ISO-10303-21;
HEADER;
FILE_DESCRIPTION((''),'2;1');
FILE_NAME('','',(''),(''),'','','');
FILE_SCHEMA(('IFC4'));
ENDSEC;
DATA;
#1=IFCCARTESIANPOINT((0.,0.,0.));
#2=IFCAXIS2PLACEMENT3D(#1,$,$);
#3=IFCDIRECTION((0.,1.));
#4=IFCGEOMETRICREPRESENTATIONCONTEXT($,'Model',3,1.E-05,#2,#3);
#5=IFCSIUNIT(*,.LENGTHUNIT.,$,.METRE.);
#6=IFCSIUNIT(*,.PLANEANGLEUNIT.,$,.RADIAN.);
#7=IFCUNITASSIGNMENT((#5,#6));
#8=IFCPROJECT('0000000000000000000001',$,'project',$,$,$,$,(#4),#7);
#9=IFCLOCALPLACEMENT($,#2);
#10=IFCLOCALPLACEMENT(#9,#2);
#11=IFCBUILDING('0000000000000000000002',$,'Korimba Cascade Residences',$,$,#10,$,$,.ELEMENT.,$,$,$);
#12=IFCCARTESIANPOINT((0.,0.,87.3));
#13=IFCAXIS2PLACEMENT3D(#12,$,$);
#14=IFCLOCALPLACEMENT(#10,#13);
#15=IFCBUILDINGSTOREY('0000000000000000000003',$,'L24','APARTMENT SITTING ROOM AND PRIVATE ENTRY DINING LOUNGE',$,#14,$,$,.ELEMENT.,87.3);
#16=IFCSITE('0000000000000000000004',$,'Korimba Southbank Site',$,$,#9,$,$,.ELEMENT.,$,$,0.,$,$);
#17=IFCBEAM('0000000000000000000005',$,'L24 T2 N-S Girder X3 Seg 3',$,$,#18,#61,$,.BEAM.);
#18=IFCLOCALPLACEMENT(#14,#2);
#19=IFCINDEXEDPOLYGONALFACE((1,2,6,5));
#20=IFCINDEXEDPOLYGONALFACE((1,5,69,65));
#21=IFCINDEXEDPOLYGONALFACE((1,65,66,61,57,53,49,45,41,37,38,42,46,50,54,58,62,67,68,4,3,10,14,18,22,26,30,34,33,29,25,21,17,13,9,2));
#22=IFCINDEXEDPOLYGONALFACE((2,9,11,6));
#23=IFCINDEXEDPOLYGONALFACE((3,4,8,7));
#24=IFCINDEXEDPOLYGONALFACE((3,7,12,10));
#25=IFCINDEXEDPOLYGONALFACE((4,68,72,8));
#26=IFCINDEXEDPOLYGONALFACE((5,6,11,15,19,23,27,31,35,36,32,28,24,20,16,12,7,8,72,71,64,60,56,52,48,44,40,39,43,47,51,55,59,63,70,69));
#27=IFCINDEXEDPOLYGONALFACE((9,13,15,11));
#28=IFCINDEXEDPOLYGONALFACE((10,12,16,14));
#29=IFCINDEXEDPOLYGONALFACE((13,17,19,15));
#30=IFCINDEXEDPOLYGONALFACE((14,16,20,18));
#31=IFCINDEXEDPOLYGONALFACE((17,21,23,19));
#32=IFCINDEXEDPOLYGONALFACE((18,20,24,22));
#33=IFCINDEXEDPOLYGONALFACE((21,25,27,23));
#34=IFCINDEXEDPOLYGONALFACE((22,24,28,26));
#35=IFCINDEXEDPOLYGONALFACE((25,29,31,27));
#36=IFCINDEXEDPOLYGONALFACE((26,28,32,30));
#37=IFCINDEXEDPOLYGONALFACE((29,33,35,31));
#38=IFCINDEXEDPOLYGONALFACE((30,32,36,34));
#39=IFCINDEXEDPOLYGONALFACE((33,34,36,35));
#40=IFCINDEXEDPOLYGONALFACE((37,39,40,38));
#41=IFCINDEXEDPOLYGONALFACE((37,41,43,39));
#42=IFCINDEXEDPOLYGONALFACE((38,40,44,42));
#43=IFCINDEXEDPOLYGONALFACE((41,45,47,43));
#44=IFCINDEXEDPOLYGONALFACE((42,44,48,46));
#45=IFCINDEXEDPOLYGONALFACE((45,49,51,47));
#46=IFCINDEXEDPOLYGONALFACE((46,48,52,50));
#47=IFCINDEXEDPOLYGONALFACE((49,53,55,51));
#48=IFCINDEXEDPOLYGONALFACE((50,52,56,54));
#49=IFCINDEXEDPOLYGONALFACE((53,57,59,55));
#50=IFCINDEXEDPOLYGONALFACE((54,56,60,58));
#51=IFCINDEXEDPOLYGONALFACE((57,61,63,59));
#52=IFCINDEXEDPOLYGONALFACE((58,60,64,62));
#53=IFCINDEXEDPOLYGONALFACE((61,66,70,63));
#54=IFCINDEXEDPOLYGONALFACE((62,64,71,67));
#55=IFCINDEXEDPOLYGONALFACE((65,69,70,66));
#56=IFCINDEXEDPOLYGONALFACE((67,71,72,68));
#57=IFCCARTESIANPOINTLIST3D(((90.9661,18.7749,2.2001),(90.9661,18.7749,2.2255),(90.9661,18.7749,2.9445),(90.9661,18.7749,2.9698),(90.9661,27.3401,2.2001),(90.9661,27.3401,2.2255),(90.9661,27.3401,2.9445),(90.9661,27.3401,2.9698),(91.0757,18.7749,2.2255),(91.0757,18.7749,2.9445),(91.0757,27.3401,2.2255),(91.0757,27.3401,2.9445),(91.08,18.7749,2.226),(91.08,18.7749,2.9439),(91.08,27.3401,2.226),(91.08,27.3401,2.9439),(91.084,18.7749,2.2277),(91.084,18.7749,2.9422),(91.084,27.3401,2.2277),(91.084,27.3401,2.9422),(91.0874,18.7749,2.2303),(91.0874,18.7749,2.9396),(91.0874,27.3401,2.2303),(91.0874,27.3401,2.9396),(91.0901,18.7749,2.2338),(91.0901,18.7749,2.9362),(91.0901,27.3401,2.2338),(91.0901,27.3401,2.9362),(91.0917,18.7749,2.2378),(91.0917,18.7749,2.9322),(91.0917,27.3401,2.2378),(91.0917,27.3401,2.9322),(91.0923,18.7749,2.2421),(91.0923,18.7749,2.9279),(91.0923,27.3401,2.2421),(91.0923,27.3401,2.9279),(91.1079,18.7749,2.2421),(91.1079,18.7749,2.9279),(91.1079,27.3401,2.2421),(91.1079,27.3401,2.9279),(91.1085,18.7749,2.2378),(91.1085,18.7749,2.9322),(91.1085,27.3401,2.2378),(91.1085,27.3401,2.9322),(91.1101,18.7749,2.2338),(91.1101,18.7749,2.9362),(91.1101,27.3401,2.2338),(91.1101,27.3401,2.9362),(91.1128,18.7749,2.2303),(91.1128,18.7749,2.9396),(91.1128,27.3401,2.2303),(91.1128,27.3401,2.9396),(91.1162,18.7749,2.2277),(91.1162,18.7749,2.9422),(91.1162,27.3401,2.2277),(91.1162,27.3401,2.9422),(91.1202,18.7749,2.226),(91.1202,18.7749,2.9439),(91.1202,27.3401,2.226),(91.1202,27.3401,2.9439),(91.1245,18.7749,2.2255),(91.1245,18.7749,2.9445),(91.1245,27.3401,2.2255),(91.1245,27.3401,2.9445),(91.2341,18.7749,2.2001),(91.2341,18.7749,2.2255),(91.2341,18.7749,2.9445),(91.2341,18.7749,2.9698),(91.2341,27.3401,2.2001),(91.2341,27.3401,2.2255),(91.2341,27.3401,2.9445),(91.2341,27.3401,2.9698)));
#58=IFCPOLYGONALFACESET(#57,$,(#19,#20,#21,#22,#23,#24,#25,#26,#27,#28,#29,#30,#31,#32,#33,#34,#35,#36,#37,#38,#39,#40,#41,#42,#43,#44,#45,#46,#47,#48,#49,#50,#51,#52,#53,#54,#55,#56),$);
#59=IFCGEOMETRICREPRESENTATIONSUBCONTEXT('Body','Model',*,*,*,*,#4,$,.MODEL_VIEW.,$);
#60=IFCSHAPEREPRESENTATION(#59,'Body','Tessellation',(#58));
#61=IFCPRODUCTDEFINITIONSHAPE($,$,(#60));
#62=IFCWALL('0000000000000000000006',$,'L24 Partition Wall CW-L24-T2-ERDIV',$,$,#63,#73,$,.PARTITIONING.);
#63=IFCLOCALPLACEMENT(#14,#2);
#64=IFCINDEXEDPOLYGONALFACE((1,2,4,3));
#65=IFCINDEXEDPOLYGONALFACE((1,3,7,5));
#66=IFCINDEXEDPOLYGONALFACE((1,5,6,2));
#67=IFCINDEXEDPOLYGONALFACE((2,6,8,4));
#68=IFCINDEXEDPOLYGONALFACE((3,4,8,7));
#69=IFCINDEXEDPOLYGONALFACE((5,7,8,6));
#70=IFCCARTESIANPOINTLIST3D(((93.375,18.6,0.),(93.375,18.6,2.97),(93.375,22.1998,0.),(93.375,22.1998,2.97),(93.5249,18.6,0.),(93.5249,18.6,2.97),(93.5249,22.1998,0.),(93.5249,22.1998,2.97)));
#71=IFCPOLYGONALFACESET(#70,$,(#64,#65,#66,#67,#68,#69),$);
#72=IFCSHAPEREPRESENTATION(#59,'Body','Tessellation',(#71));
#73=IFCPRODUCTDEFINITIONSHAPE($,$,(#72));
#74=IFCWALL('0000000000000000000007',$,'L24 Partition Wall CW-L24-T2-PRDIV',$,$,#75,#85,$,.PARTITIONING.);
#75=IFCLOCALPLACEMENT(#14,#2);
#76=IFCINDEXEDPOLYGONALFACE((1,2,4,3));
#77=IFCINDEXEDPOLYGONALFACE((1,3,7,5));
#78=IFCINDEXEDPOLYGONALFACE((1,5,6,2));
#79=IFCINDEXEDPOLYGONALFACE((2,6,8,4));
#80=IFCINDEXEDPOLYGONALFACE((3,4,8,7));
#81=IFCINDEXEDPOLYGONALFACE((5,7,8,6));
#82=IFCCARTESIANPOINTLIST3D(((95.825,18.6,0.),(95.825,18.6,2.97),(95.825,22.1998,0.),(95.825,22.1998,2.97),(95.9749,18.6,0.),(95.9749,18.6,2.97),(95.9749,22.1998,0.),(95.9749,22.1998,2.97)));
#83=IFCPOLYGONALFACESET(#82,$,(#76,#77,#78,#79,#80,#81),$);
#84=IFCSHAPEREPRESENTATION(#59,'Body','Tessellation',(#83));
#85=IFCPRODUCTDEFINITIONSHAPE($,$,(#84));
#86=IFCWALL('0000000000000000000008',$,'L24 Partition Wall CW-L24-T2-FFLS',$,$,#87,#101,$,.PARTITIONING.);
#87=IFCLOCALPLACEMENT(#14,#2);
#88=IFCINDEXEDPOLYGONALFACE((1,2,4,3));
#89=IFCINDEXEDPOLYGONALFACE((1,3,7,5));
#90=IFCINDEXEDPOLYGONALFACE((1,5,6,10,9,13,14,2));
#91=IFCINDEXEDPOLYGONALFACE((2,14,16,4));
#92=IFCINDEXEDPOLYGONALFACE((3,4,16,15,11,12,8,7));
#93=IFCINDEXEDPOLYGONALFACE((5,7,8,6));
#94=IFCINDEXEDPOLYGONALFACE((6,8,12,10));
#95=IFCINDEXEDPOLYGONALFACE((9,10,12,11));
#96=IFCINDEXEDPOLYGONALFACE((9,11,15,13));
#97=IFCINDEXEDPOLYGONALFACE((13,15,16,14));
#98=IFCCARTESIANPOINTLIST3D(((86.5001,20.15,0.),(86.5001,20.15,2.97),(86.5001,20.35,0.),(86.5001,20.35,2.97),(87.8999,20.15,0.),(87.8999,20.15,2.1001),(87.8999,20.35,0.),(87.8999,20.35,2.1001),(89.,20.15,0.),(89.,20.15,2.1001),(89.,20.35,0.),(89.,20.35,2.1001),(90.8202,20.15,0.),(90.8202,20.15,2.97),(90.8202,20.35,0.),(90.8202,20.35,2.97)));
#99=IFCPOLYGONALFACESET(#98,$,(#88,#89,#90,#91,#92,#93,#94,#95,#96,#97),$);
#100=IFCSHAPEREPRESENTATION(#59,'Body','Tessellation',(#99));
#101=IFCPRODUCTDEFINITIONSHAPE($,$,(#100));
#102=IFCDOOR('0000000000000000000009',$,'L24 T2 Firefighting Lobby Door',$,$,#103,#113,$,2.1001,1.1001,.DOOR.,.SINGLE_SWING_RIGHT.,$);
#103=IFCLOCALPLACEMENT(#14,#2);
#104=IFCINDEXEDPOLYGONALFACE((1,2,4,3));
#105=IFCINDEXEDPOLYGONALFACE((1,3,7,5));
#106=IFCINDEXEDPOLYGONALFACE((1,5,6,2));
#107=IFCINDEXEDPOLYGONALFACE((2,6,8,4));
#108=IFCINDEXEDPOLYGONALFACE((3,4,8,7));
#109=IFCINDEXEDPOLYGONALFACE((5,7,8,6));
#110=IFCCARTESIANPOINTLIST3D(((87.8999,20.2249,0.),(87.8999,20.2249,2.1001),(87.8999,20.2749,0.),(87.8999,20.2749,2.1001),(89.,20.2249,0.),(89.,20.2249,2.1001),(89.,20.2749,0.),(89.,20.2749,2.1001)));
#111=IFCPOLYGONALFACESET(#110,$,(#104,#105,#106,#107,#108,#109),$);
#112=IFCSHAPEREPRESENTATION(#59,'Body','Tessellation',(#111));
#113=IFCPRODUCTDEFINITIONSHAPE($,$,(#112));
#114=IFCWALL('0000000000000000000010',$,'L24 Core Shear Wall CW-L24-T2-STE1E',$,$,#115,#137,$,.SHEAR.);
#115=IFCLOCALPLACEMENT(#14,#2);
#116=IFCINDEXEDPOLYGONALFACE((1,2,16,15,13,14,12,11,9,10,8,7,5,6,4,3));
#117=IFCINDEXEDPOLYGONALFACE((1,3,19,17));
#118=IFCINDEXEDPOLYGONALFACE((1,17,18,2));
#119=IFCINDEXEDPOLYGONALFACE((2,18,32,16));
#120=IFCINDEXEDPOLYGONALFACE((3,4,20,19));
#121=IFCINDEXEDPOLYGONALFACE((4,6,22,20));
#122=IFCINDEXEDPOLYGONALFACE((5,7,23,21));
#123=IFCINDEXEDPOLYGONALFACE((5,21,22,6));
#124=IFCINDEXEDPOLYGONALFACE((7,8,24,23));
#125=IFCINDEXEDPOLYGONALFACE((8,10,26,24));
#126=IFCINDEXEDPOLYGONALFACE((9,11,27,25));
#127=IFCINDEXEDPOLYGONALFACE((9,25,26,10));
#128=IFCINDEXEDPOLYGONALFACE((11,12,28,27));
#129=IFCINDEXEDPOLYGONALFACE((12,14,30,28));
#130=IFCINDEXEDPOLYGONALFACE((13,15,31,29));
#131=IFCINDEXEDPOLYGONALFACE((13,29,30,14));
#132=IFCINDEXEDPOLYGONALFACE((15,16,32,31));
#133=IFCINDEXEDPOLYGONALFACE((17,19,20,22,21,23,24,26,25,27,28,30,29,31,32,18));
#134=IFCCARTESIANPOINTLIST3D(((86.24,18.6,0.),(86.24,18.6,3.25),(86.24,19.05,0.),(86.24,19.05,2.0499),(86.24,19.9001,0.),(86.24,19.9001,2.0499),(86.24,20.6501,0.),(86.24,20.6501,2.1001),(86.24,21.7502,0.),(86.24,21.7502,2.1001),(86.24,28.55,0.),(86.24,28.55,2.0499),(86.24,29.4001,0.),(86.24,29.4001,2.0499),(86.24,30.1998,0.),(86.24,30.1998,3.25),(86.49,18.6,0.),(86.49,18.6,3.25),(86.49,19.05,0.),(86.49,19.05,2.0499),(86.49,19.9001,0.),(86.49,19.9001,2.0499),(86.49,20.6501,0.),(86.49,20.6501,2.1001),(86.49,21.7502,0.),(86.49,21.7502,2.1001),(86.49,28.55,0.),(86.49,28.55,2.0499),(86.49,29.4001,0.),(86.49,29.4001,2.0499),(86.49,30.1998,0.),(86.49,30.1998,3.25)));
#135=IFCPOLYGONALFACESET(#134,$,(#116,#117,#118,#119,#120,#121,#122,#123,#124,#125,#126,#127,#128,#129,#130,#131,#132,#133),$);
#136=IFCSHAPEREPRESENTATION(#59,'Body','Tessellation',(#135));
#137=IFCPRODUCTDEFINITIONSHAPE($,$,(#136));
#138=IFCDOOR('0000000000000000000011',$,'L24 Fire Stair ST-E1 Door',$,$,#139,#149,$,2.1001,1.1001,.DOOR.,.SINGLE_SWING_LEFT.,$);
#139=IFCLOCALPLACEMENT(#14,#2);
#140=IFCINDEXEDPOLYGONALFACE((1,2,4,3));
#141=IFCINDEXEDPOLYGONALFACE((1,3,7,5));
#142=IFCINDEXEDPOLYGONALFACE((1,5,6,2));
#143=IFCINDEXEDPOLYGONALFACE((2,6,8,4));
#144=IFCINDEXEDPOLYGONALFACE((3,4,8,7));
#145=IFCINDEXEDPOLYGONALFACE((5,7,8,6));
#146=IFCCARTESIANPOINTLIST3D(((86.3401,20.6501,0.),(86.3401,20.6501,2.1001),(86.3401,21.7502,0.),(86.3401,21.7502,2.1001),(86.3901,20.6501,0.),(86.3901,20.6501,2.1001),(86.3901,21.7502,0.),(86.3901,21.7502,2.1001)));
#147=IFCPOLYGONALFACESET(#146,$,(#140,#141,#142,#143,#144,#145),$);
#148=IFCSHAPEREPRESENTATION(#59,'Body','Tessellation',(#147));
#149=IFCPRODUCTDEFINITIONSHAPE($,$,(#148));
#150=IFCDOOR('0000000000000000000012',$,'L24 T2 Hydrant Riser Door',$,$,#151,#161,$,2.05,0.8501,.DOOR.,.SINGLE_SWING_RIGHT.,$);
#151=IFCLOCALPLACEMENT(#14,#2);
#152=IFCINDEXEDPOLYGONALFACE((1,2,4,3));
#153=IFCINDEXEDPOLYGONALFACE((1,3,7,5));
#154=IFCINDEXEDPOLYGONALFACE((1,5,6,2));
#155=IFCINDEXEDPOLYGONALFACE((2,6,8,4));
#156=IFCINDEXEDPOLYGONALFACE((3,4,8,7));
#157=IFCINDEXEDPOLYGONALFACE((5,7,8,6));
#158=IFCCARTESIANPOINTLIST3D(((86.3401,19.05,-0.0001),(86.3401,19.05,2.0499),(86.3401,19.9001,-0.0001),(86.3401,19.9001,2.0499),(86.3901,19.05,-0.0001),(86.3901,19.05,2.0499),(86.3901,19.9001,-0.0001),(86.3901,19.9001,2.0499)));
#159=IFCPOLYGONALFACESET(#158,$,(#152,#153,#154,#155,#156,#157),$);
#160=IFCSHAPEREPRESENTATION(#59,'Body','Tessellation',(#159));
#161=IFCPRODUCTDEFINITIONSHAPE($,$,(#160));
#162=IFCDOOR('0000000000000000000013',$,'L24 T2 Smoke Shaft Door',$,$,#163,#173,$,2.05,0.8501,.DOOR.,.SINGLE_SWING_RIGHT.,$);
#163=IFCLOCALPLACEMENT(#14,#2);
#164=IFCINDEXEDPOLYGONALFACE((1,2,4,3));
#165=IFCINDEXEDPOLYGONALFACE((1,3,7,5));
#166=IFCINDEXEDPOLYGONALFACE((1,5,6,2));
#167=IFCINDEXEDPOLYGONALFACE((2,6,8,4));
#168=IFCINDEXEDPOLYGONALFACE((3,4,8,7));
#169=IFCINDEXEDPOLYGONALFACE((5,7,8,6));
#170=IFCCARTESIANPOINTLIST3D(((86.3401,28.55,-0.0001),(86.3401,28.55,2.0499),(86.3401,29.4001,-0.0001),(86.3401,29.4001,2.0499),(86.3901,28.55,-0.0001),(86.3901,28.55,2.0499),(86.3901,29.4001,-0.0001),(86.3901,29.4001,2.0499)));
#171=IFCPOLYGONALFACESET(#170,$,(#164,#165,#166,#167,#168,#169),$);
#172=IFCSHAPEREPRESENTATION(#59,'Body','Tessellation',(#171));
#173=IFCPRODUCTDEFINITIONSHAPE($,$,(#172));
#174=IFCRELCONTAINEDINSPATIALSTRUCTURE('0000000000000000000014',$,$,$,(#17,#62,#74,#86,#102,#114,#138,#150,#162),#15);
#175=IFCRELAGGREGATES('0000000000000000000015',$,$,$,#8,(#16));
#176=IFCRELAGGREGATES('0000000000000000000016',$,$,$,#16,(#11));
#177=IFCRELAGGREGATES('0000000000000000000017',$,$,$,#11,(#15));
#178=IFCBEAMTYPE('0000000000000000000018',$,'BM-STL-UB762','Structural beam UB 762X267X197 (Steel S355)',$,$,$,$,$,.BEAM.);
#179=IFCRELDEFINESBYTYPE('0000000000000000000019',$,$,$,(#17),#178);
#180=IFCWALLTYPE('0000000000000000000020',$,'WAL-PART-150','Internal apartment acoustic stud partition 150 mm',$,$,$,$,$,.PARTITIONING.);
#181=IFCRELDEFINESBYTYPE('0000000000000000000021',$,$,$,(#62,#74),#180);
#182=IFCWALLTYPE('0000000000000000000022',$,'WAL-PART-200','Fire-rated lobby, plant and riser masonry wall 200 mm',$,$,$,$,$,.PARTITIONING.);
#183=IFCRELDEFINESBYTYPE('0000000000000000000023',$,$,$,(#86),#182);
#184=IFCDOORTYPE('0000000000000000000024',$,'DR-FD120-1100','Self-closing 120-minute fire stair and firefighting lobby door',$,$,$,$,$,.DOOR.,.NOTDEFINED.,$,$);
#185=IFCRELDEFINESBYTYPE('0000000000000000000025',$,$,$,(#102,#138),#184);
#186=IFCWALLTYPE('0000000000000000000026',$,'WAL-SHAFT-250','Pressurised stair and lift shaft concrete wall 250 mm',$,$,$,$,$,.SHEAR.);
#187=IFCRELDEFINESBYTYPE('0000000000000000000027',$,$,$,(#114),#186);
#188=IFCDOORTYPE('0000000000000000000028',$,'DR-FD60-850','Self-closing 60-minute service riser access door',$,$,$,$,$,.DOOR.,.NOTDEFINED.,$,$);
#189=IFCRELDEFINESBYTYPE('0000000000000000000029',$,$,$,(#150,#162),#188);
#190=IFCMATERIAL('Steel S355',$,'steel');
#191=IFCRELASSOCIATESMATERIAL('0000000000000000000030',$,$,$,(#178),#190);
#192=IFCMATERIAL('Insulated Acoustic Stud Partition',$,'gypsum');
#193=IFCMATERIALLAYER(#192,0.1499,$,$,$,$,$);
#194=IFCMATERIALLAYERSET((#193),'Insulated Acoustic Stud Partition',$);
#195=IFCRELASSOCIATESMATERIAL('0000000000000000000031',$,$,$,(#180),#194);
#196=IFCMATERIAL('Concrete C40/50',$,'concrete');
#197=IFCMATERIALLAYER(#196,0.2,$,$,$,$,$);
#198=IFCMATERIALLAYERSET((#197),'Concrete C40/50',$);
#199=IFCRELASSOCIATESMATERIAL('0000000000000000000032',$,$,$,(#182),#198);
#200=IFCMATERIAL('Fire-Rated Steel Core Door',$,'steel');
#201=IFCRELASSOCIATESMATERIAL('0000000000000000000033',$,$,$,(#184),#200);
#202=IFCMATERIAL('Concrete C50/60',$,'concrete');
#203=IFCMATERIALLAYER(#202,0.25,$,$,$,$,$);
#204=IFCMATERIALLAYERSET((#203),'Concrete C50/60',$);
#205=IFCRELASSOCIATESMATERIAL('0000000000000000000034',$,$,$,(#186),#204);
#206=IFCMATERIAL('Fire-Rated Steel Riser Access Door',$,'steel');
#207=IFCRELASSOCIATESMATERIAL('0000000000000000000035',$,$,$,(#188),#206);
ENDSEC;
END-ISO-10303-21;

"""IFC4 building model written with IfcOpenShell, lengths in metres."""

from ifc_helpers import new_model, si_unit, direction, frame, frame_2d, origin, origin_2d, place, context, subcontext, project, spatial, rectangle, i_section, extrude, material, layer, layer_set, material_profile, profile_set, type_object, element, fill, save


model = new_model("IFC4")

# Units and contexts
model_context = context("Model", 3, precision=1e-05, world=origin(), true_north=direction((0.0, 1.0)))
body_context = subcontext(model_context, "Body", "Model", "MODEL_VIEW")
ifc_project = project(units=[si_unit("LENGTHUNIT", "METRE"), si_unit("PLANEANGLEUNIT", "RADIAN")], contexts=[model_context])

# Site, building, storey
site_placement = place(None, origin())
site = spatial("IfcSite", under=ifc_project, at=site_placement, Name="Korimba Southbank Site", CompositionType="ELEMENT", RefElevation=0.0)
building_placement = place(site_placement, origin())
building = spatial("IfcBuilding", under=site, at=building_placement, Name="Korimba Cascade Residences", CompositionType="ELEMENT")
storey_placement = place(building_placement, frame((0.0, 0.0, 87.3)))
storey = spatial("IfcBuildingStorey", under=building, at=storey_placement, Name="L24", Description="APARTMENT SITTING ROOM AND PRIVATE ENTRY DINING LOUNGE", CompositionType="ELEMENT", Elevation=87.3)

# Beam
ifc_material_1 = material(Name="Steel S355", Category="steel")
ifc_material_profile = material_profile(ifc_material_1, i_section(OverallWidth=0.2681, OverallDepth=0.7698, WebThickness=0.0156, FlangeThickness=0.0254, FilletRadius=0.0166, at=origin_2d()), Name="Steel S355")
ifc_profile_set = profile_set([ifc_material_profile], Name="Steel S355")
beam_type = type_object("IfcBeamType", Name="BM-STL-UB762", Description="Structural beam UB 762X267X197 (Steel S355)", PredefinedType="BEAM", material=ifc_profile_set)
beam_placement = place(storey_placement, frame((91.1001, 18.7749, 2.585), z_axis=(0.0, 1.0, 0.0), x_axis=(-1.0, 0.0, 0.0)))
element("IfcBeam", 1, at=beam_placement, inside=storey, type_object=beam_type, Name="L24 T2 N-S Girder X3 Seg 3", PredefinedType="BEAM", context=body_context, shape_type="SweptSolid", body=[
    extrude(i_section(OverallWidth=0.2681, OverallDepth=0.7698, WebThickness=0.0156, FlangeThickness=0.0254, FilletRadius=0.0166, at=origin_2d()), origin(), (0.0, 0.0, 1.0), 8.5652),
])

# Walls
ifc_material_2 = material(Name="Insulated Acoustic Stud Partition", Category="gypsum")
ifc_layer_1 = layer(ifc_material_2, 0.1499)
ifc_layer_set_1 = layer_set([ifc_layer_1], Name="Insulated Acoustic Stud Partition")
wall_type_1 = type_object("IfcWallType", Name="WAL-PART-150", Description="Internal apartment acoustic stud partition 150 mm", PredefinedType="PARTITIONING", material=ifc_layer_set_1)
for number, where, z_axis, x_axis, name in (
    (2, (93.45, 18.6001, 0.0), (0.0, 0.0, 1.0), (0.0, 1.0, 0.0), "L24 Partition Wall CW-L24-T2-ERDIV"),
    (3, (95.8999, 18.6001, 0.0), (0.0, 0.0, 1.0), (0.0, 1.0, 0.0), "L24 Partition Wall CW-L24-T2-PRDIV"),
):
    element("IfcWall", number, at=place(storey_placement, frame(where, z_axis=z_axis, x_axis=x_axis)), inside=storey, type_object=wall_type_1, Name=name, PredefinedType="PARTITIONING", context=body_context, shape_type="SweptSolid", body=[
        extrude(rectangle(XDim=3.5999, YDim=0.1499, at=frame_2d((1.7998, 0.0))), origin(), (0.0, 0.0, 1.0), 2.97),
    ])

# Wall, opening, door
ifc_material_3 = material(Name="Concrete C40/50", Category="concrete")
ifc_layer_2 = layer(ifc_material_3, 0.2)
ifc_layer_set_2 = layer_set([ifc_layer_2], Name="Concrete C40/50")
wall_type_2 = type_object("IfcWallType", Name="WAL-PART-200", Description="Fire-rated lobby, plant and riser masonry wall 200 mm", PredefinedType="PARTITIONING", material=ifc_layer_set_2)
wall_1_placement = place(storey_placement, frame((86.5, 20.25, 0.0), z_axis=(0.0, 0.0, 1.0), x_axis=(1.0, 0.0, 0.0)))
wall_1 = element("IfcWall", 4, at=wall_1_placement, inside=storey, type_object=wall_type_2, Name="L24 Partition Wall CW-L24-T2-FFLS", PredefinedType="PARTITIONING", context=body_context, shape_type="SweptSolid", body=[
    extrude(rectangle(XDim=4.3201, YDim=0.2, at=frame_2d((2.1602, 0.0))), origin(), (0.0, 0.0, 1.0), 2.97),
])
opening_1_placement = place(wall_1_placement, frame((1.3999, 0.0, 0.0)))
opening_1 = element("IfcOpeningElement", 5, at=opening_1_placement, cuts=wall_1, PredefinedType="OPENING", context=body_context, shape_type="SweptSolid", body=[
    extrude(rectangle(XDim=1.1001, YDim=2.1001, at=frame_2d((0.55, 1.05))), frame((0.0, 0.1099, 0.0), z_axis=(0.0, -1.0, 0.0), x_axis=(1.0, 0.0, 0.0)), (0.0, 0.0, 1.0), 0.22),
])
ifc_material_4 = material(Name="Fire-Rated Steel Core Door", Category="steel")
door_type_1 = type_object("IfcDoorType", Name="DR-FD120-1100", Description="Self-closing 120-minute fire stair and firefighting lobby door", OperationType="NOTDEFINED", PredefinedType="DOOR", material=ifc_material_4)
door_1_placement = place(opening_1_placement, origin())
door_1 = element("IfcDoor", 6, at=door_1_placement, inside=storey, type_object=door_type_1, Name="L24 T2 Firefighting Lobby Door", OperationType="SINGLE_SWING_RIGHT", OverallHeight=2.1001, OverallWidth=1.1001, PredefinedType="DOOR", context=body_context, shape_type="SweptSolid", body=[
    extrude(rectangle(XDim=1.1001, YDim=2.1001, at=frame_2d((0.55, 1.05))), frame((0.0, 0.0249, 0.0), z_axis=(0.0, -1.0, 0.0), x_axis=(1.0, 0.0, 0.0)), (0.0, 0.0, 1.0), 0.05),
])
fill(opening_1, door_1)

# Wall, openings, doors
ifc_material_5 = material(Name="Concrete C50/60", Category="concrete")
ifc_layer_3 = layer(ifc_material_5, 0.25)
ifc_layer_set_3 = layer_set([ifc_layer_3], Name="Concrete C50/60")
wall_type_3 = type_object("IfcWallType", Name="WAL-SHAFT-250", Description="Pressurised stair and lift shaft concrete wall 250 mm", PredefinedType="SHEAR", material=ifc_layer_set_3)
wall_2_placement = place(storey_placement, frame((86.365, 18.6001, 0.0), z_axis=(0.0, 0.0, 1.0), x_axis=(0.0, 1.0, 0.0)))
wall_2 = element("IfcWall", 7, at=wall_2_placement, inside=storey, type_object=wall_type_3, Name="L24 Core Shear Wall CW-L24-T2-STE1E", PredefinedType="SHEAR", context=body_context, shape_type="SweptSolid", body=[
    extrude(rectangle(XDim=11.5999, YDim=0.25, at=frame_2d((5.7998, 0.0))), origin(), (0.0, 0.0, 1.0), 3.25),
])
opening_2_placement = place(wall_2_placement, frame((0.45, 0.0, 0.0)))
opening_2 = element("IfcOpeningElement", 8, at=opening_2_placement, cuts=wall_2, PredefinedType="OPENING", context=body_context, shape_type="SweptSolid", body=[
    extrude(rectangle(XDim=0.8501, YDim=2.05, at=frame_2d((0.425, 1.0249))), frame((0.0, 0.135, 0.0), z_axis=(0.0, -1.0, 0.0), x_axis=(1.0, 0.0, 0.0)), (0.0, 0.0, 1.0), 0.27),
])
opening_3_placement = place(wall_2_placement, frame((2.05, 0.0, 0.0)))
opening_3 = element("IfcOpeningElement", 9, at=opening_3_placement, cuts=wall_2, PredefinedType="OPENING", context=body_context, shape_type="SweptSolid", body=[
    extrude(rectangle(XDim=1.1001, YDim=2.1001, at=frame_2d((0.55, 1.05))), frame((0.0, 0.135, 0.0), z_axis=(0.0, -1.0, 0.0), x_axis=(1.0, 0.0, 0.0)), (0.0, 0.0, 1.0), 0.27),
])
opening_4_placement = place(wall_2_placement, frame((9.95, 0.0, 0.0)))
opening_4 = element("IfcOpeningElement", 10, at=opening_4_placement, cuts=wall_2, PredefinedType="OPENING", context=body_context, shape_type="SweptSolid", body=[
    extrude(rectangle(XDim=0.8501, YDim=2.05, at=frame_2d((0.425, 1.0249))), frame((0.0, 0.135, 0.0), z_axis=(0.0, -1.0, 0.0), x_axis=(1.0, 0.0, 0.0)), (0.0, 0.0, 1.0), 0.27),
])
door_2_placement = place(opening_3_placement, origin())
door_2 = element("IfcDoor", 11, at=door_2_placement, inside=storey, type_object=door_type_1, Name="L24 Fire Stair ST-E1 Door", OperationType="SINGLE_SWING_LEFT", OverallHeight=2.1001, OverallWidth=1.1001, PredefinedType="DOOR", context=body_context, shape_type="SweptSolid", body=[
    extrude(rectangle(XDim=1.1001, YDim=2.1001, at=frame_2d((0.55, 1.05))), frame((0.0, 0.0249, 0.0), z_axis=(0.0, -1.0, 0.0), x_axis=(1.0, 0.0, 0.0)), (0.0, 0.0, 1.0), 0.05),
])
fill(opening_3, door_2)
ifc_material_6 = material(Name="Fire-Rated Steel Riser Access Door", Category="steel")
door_type_2 = type_object("IfcDoorType", Name="DR-FD60-850", Description="Self-closing 60-minute service riser access door", OperationType="NOTDEFINED", PredefinedType="DOOR", material=ifc_material_6)
door_3_placement = place(opening_2_placement, origin())
door_3 = element("IfcDoor", 12, at=door_3_placement, inside=storey, type_object=door_type_2, Name="L24 T2 Hydrant Riser Door", OperationType="SINGLE_SWING_RIGHT", OverallHeight=2.05, OverallWidth=0.8501, PredefinedType="DOOR", context=body_context, shape_type="SweptSolid", body=[
    extrude(rectangle(XDim=0.8501, YDim=2.05, at=frame_2d((0.425, 1.0249))), frame((0.0, 0.0249, 0.0), z_axis=(0.0, -1.0, 0.0), x_axis=(1.0, 0.0, 0.0)), (0.0, 0.0, 1.0), 0.05),
])
fill(opening_2, door_3)
door_4_placement = place(opening_4_placement, origin())
door_4 = element("IfcDoor", 13, at=door_4_placement, inside=storey, type_object=door_type_2, Name="L24 T2 Smoke Shaft Door", OperationType="SINGLE_SWING_RIGHT", OverallHeight=2.05, OverallWidth=0.8501, PredefinedType="DOOR", context=body_context, shape_type="SweptSolid", body=[
    extrude(rectangle(XDim=0.8501, YDim=2.05, at=frame_2d((0.425, 1.0249))), frame((0.0, 0.0249, 0.0), z_axis=(0.0, -1.0, 0.0), x_axis=(1.0, 0.0, 0.0)), (0.0, 0.0, 1.0), 0.05),
])
fill(opening_4, door_4)

save(model, "model.ifc")
